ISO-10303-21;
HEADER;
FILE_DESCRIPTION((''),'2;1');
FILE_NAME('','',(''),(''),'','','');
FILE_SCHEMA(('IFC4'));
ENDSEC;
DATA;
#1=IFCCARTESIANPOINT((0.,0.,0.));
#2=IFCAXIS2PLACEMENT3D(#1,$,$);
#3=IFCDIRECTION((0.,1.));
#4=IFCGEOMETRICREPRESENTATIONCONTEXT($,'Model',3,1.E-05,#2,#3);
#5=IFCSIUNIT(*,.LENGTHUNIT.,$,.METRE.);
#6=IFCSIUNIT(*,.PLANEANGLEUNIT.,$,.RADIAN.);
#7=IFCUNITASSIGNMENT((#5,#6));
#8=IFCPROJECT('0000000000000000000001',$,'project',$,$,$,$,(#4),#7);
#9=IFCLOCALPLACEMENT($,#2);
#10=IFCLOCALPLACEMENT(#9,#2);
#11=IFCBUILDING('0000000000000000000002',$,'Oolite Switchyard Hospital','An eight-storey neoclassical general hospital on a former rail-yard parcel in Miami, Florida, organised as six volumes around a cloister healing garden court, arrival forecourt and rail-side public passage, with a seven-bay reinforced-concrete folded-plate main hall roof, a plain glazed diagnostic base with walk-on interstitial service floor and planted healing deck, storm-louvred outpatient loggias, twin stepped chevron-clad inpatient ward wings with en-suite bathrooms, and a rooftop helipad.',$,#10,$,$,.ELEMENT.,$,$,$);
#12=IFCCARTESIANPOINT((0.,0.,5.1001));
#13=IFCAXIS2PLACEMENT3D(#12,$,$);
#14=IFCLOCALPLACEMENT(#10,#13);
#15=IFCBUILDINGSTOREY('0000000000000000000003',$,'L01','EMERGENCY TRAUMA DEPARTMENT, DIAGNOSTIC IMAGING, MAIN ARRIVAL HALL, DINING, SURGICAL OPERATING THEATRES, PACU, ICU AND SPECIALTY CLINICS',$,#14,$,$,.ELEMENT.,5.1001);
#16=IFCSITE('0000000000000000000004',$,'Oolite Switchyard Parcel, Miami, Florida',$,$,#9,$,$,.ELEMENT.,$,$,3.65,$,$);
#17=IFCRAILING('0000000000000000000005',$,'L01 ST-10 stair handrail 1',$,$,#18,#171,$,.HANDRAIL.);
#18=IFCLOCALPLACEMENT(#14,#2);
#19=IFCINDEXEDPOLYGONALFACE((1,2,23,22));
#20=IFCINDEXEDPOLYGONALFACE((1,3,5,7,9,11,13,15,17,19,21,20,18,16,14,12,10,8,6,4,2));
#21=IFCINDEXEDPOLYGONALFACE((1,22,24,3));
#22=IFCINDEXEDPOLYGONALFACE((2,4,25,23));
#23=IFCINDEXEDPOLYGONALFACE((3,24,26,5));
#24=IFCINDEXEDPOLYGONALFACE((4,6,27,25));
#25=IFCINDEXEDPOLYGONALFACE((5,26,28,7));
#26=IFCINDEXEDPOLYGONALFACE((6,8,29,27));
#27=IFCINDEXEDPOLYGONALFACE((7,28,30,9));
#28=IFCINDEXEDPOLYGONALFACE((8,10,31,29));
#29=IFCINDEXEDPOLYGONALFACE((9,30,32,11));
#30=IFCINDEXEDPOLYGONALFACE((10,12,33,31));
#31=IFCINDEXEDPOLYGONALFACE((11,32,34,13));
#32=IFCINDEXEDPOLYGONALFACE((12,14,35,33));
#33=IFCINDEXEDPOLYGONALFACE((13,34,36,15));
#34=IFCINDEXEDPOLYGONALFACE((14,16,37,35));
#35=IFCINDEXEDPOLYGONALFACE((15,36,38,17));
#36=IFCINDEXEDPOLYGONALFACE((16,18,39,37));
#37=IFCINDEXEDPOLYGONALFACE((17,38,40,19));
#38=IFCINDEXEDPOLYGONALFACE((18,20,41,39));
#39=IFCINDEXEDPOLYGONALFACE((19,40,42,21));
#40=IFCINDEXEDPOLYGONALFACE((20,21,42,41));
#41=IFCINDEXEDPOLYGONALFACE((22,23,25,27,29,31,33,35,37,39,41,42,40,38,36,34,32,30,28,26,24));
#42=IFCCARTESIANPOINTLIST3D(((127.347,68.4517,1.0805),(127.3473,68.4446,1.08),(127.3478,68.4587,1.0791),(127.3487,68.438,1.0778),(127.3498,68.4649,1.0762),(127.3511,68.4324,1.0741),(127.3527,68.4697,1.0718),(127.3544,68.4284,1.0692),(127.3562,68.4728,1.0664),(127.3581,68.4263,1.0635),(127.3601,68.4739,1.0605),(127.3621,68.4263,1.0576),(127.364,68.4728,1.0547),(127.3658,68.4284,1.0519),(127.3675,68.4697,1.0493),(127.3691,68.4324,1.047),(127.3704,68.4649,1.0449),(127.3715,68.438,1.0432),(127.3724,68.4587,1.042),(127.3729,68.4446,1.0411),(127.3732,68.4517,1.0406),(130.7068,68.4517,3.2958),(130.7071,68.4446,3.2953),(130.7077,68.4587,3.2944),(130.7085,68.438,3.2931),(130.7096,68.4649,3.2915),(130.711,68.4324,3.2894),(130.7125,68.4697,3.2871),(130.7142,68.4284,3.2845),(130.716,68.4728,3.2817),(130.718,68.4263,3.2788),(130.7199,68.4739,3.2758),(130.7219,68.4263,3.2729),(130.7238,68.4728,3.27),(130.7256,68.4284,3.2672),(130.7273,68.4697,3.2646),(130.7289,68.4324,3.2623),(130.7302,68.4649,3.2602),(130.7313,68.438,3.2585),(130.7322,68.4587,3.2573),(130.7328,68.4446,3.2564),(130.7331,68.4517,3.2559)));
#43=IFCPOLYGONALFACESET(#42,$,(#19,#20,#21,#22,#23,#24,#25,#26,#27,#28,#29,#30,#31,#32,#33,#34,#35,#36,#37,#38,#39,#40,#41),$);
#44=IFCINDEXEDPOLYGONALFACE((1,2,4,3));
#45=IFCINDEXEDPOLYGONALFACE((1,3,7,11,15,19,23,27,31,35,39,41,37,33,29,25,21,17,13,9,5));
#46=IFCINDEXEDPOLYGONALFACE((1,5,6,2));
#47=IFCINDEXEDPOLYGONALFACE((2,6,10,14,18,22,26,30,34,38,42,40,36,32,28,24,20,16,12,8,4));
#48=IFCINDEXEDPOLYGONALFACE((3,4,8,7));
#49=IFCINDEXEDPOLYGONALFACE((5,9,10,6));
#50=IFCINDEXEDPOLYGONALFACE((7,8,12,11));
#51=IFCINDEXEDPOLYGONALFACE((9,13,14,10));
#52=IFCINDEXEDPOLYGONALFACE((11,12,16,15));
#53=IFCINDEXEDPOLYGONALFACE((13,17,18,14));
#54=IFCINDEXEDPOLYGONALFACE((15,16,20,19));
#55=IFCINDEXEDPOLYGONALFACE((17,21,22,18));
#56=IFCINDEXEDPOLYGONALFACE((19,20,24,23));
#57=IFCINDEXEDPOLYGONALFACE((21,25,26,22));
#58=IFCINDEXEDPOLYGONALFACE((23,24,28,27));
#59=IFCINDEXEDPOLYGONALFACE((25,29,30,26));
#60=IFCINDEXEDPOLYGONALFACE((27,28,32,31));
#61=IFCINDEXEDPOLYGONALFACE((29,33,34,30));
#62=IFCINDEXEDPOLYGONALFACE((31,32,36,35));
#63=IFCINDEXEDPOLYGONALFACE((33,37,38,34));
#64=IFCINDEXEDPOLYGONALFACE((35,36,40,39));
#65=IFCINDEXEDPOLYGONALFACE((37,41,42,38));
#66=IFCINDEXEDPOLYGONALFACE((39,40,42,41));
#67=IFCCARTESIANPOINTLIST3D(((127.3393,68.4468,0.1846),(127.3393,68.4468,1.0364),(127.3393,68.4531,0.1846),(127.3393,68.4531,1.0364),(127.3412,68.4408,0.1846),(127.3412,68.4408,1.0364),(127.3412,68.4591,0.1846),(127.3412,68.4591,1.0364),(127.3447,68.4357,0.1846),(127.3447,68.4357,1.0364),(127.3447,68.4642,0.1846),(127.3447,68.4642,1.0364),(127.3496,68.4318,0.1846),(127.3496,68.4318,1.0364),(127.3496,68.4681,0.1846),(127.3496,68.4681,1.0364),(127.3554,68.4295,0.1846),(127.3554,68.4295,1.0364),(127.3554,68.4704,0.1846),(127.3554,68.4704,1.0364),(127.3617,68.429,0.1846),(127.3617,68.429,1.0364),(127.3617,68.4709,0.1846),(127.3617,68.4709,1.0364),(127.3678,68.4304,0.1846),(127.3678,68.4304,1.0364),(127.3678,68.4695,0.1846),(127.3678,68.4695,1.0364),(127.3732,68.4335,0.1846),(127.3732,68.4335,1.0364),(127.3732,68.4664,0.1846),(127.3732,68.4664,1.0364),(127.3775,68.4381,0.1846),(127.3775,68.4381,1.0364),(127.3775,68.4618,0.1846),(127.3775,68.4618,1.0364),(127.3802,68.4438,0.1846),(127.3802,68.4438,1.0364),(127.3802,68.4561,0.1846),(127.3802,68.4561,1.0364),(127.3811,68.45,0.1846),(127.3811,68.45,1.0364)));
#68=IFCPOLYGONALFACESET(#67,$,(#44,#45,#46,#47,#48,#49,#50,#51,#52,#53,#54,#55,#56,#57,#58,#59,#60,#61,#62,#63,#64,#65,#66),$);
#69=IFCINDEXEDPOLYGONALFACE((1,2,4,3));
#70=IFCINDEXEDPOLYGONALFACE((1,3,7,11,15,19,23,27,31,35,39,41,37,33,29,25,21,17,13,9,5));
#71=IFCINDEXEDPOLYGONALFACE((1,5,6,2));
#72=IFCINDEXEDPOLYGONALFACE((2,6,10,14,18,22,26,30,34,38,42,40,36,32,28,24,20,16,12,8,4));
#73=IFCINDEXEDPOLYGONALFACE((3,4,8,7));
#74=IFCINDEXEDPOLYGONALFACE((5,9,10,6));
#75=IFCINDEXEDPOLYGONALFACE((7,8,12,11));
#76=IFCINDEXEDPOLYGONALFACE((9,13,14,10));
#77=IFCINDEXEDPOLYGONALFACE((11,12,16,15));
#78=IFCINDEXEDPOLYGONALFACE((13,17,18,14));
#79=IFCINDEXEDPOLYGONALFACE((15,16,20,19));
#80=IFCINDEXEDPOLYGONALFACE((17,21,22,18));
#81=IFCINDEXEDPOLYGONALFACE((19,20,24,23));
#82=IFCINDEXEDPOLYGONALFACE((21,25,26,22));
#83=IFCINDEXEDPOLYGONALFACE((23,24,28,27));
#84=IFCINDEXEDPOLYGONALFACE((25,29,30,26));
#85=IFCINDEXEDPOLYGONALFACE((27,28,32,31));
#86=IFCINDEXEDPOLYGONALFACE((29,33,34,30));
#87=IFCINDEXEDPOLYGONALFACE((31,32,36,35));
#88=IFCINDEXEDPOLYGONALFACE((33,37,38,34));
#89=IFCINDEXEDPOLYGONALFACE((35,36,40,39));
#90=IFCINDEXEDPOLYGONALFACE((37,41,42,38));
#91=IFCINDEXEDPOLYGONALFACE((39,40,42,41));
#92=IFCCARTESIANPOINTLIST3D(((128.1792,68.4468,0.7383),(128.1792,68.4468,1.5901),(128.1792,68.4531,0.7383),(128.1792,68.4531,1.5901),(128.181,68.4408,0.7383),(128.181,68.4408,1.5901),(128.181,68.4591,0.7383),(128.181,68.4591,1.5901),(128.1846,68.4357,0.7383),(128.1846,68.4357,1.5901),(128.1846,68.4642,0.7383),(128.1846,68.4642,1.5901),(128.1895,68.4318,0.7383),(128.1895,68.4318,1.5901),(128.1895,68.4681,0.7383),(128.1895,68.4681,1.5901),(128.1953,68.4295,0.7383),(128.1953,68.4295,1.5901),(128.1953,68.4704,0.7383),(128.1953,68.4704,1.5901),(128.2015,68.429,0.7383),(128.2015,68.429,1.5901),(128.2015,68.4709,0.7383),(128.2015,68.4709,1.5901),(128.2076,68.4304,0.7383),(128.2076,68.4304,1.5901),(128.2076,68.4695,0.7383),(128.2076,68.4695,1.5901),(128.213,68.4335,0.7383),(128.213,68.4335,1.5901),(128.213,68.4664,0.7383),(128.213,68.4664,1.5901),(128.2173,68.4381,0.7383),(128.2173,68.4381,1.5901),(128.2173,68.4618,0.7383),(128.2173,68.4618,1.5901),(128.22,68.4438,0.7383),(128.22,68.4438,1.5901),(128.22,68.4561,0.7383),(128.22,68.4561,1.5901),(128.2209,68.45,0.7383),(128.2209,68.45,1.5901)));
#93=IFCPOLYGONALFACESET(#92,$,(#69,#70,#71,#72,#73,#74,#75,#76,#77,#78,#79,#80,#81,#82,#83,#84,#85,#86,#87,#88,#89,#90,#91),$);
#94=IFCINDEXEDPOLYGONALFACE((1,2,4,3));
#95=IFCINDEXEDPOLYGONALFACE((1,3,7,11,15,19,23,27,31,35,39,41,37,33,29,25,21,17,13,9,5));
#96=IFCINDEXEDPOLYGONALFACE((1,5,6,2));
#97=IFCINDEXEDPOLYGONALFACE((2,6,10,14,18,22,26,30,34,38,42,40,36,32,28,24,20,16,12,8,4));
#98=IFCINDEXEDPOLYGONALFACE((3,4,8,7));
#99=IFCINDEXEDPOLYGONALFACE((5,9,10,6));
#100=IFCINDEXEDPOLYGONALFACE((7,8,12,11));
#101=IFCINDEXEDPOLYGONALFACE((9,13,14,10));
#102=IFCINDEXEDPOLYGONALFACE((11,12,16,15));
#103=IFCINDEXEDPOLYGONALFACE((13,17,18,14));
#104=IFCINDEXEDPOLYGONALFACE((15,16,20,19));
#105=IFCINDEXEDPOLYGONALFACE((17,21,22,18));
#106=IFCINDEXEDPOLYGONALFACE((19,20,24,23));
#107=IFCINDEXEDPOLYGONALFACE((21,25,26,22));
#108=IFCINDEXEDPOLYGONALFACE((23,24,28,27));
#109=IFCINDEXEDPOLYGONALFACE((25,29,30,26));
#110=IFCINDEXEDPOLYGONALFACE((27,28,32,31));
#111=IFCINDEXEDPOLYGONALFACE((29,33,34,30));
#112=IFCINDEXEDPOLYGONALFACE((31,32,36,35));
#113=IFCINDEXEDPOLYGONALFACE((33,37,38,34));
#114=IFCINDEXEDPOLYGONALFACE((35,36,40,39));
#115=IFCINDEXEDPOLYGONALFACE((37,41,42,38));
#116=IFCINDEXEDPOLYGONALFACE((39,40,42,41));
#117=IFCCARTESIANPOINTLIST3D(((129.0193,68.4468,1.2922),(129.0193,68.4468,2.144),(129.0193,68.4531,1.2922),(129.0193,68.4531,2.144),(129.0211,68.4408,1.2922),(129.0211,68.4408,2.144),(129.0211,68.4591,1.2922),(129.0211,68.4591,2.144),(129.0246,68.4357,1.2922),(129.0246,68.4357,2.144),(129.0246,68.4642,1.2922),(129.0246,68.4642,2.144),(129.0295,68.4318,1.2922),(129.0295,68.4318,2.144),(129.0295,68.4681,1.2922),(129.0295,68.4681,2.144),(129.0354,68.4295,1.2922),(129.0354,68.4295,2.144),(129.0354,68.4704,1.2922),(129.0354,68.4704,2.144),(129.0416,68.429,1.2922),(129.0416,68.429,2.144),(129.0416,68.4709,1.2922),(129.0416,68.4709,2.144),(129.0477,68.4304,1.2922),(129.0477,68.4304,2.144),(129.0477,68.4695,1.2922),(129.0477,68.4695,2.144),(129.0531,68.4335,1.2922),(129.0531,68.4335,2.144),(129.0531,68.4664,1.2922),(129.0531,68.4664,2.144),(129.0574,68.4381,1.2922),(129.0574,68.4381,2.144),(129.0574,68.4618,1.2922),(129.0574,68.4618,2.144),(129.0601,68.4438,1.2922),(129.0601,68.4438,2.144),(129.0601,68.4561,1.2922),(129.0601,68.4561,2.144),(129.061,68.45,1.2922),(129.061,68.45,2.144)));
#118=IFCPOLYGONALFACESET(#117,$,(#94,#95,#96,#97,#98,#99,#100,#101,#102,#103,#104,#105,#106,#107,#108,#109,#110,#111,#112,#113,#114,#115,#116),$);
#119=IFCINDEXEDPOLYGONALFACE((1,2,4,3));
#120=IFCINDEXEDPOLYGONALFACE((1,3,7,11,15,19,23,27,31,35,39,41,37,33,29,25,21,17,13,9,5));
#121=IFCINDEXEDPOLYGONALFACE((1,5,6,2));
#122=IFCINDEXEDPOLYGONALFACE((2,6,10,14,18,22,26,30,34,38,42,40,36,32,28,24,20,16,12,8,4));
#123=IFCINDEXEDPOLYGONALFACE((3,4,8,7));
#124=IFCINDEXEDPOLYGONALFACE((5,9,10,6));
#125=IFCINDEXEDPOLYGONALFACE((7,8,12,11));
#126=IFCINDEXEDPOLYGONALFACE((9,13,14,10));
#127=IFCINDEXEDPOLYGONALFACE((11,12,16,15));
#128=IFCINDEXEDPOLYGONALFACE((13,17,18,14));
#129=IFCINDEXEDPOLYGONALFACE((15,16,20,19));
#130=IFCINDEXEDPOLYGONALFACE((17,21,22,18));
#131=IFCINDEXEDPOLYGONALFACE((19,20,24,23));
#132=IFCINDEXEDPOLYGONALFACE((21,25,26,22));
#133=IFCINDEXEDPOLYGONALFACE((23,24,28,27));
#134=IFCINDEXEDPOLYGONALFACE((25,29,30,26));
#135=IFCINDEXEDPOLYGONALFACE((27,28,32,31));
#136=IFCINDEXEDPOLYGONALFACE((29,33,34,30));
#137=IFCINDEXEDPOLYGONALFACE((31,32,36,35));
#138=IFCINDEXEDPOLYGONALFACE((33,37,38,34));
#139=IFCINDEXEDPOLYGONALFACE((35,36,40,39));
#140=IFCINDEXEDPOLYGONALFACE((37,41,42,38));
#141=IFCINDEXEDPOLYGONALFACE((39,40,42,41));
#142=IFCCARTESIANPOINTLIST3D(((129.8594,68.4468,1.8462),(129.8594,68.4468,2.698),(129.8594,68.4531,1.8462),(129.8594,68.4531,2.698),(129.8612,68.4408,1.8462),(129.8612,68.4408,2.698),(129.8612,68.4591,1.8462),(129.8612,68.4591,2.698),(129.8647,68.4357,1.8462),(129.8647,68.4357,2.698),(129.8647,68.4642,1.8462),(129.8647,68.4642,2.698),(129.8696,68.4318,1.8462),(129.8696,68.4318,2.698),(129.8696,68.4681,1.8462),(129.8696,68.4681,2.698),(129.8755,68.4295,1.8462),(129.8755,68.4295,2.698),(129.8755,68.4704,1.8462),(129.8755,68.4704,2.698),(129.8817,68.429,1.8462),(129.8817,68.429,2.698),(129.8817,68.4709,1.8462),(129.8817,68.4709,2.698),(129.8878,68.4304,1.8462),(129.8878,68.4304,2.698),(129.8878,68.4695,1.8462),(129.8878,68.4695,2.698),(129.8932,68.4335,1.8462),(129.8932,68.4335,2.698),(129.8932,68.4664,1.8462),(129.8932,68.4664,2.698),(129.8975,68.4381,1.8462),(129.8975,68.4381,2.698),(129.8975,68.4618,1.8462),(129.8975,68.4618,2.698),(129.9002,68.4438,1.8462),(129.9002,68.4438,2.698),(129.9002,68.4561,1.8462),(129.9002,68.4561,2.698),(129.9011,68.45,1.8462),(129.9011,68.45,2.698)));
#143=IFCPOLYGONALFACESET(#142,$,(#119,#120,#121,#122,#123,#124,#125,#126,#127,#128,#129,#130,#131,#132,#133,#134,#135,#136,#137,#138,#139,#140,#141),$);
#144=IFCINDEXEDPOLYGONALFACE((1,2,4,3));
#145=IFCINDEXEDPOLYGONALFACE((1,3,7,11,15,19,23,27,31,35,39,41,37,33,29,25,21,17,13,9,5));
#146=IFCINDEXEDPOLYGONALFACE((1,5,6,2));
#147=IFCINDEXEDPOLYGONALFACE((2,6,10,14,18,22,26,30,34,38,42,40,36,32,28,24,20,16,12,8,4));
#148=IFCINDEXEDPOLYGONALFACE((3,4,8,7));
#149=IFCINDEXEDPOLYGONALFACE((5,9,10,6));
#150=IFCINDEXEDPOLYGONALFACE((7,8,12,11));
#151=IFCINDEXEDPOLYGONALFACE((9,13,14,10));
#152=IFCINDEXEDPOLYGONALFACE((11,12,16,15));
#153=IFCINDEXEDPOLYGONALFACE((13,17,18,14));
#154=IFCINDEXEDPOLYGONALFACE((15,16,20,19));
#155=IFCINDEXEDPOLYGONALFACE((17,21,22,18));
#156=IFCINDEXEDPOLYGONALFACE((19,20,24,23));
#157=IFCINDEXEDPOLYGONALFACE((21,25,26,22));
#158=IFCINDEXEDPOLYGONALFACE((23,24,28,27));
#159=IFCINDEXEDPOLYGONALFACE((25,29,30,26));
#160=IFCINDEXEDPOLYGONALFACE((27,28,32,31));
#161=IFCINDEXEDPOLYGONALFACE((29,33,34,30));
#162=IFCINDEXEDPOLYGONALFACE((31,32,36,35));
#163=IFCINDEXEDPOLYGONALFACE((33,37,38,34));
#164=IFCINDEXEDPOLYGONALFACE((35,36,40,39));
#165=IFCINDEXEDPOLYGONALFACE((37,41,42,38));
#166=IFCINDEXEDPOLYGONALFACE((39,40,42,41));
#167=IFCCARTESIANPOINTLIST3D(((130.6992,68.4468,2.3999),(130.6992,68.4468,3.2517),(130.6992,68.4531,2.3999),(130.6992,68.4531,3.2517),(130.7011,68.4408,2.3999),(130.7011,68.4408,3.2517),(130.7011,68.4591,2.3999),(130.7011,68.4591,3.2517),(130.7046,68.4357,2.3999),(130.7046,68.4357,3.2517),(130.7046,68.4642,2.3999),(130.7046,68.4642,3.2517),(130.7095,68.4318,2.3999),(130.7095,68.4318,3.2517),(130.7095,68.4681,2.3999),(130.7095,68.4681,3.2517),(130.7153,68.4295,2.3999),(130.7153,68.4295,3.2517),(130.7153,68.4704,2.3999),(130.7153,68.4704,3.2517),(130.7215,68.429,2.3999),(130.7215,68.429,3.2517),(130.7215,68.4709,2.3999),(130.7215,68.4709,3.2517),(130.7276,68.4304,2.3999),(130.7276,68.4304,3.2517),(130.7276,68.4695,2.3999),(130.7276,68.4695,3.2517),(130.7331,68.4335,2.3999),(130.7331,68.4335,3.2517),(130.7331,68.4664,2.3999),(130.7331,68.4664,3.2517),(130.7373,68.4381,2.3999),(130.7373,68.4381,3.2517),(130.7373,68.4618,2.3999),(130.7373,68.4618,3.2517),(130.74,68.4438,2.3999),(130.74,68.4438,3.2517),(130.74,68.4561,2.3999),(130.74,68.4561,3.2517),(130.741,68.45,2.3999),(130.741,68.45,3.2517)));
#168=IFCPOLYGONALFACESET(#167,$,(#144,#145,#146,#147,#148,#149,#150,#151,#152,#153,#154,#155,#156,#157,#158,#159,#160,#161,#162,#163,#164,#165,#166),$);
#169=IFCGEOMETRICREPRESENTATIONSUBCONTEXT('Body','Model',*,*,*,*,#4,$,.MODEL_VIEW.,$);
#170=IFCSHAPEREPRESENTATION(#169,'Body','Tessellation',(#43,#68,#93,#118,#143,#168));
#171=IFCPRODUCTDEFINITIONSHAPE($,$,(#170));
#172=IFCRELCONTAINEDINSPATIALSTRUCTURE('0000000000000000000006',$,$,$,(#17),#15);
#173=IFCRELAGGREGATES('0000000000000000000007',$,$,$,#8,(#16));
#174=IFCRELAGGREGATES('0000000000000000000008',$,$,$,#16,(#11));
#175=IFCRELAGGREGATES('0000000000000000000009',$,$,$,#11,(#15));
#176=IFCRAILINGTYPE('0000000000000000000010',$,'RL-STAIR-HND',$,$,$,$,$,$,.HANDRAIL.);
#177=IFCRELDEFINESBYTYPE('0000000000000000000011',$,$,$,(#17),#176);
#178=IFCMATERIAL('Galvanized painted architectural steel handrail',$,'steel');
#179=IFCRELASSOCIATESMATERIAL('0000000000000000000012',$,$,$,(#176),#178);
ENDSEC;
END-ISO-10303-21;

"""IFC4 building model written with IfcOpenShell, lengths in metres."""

from ifc_helpers import new_model, si_unit, direction, frame, origin, origin_2d, place, context, subcontext, project, spatial, circle, extrude, material, type_object, element, save


model = new_model("IFC4")

# Units and contexts
model_context = context("Model", 3, precision=1e-05, world=origin(), true_north=direction((0.0, 1.0)))
body_context = subcontext(model_context, "Body", "Model", "MODEL_VIEW")
ifc_project = project(units=[si_unit("LENGTHUNIT", "METRE"), si_unit("PLANEANGLEUNIT", "RADIAN")], contexts=[model_context])

# Site, building, storey
site_placement = place(None, origin())
site = spatial("IfcSite", under=ifc_project, at=site_placement, Name="Oolite Switchyard Parcel, Miami, Florida", CompositionType="ELEMENT", RefElevation=3.65)
building_placement = place(site_placement, origin())
building = spatial("IfcBuilding", under=site, at=building_placement, Name="Oolite Switchyard Hospital", Description="An eight-storey neoclassical general hospital on a former rail-yard parcel in Miami, Florida, organised as six volumes around a cloister healing garden court, arrival forecourt and rail-side public passage, with a seven-bay reinforced-concrete folded-plate main hall roof, a plain glazed diagnostic base with walk-on interstitial service floor and planted healing deck, storm-louvred outpatient loggias, twin stepped chevron-clad inpatient ward wings with en-suite bathrooms, and a rooftop helipad.", CompositionType="ELEMENT")
storey_placement = place(building_placement, frame((0.0, 0.0, 5.1001)))
storey = spatial("IfcBuildingStorey", under=building, at=storey_placement, Name="L01", Description="EMERGENCY TRAUMA DEPARTMENT, DIAGNOSTIC IMAGING, MAIN ARRIVAL HALL, DINING, SURGICAL OPERATING THEATRES, PACU, ICU AND SPECIALTY CLINICS", CompositionType="ELEMENT", Elevation=5.1001)

# Railing
ifc_material_1 = material(Name="Galvanized painted architectural steel handrail", Category="steel")
railing_type_1 = type_object("IfcRailingType", Name="RL-STAIR-HND", PredefinedType="HANDRAIL", material=ifc_material_1)
railing_1_placement = place(storey_placement, frame((127.3601, 68.45, 0.1846)))
element("IfcRailing", 1, at=railing_1_placement, inside=storey, type_object=railing_type_1, Name="L01 ST-10 stair handrail 1", PredefinedType="HANDRAIL", context=body_context, shape_type="SweptSolid", body=[
    extrude(circle(Radius=0.0239, at=origin_2d()), frame((0.0, 0.0, 0.876), z_axis=(0.834858, 0.0, 0.550465), x_axis=(0.0, 1.0, 0.0)), (0.0, 0.0, 1.0), 4.0244),
    extrude(circle(Radius=0.021, at=origin_2d()), origin(), (0.0, 0.0, 1.0), 0.8518),
    extrude(circle(Radius=0.021, at=origin_2d()), frame((0.8398, 0.0, 0.5537)), (0.0, 0.0, 1.0), 0.8518),
    extrude(circle(Radius=0.021, at=origin_2d()), frame((1.6799, 0.0, 1.1077)), (0.0, 0.0, 1.0), 0.8518),
    extrude(circle(Radius=0.021, at=origin_2d()), frame((2.52, 0.0, 1.6616)), (0.0, 0.0, 1.0), 0.8518),
    extrude(circle(Radius=0.021, at=origin_2d()), frame((3.3599, 0.0, 2.2153)), (0.0, 0.0, 1.0), 0.8518),
])

save(model, "model.ifc")
